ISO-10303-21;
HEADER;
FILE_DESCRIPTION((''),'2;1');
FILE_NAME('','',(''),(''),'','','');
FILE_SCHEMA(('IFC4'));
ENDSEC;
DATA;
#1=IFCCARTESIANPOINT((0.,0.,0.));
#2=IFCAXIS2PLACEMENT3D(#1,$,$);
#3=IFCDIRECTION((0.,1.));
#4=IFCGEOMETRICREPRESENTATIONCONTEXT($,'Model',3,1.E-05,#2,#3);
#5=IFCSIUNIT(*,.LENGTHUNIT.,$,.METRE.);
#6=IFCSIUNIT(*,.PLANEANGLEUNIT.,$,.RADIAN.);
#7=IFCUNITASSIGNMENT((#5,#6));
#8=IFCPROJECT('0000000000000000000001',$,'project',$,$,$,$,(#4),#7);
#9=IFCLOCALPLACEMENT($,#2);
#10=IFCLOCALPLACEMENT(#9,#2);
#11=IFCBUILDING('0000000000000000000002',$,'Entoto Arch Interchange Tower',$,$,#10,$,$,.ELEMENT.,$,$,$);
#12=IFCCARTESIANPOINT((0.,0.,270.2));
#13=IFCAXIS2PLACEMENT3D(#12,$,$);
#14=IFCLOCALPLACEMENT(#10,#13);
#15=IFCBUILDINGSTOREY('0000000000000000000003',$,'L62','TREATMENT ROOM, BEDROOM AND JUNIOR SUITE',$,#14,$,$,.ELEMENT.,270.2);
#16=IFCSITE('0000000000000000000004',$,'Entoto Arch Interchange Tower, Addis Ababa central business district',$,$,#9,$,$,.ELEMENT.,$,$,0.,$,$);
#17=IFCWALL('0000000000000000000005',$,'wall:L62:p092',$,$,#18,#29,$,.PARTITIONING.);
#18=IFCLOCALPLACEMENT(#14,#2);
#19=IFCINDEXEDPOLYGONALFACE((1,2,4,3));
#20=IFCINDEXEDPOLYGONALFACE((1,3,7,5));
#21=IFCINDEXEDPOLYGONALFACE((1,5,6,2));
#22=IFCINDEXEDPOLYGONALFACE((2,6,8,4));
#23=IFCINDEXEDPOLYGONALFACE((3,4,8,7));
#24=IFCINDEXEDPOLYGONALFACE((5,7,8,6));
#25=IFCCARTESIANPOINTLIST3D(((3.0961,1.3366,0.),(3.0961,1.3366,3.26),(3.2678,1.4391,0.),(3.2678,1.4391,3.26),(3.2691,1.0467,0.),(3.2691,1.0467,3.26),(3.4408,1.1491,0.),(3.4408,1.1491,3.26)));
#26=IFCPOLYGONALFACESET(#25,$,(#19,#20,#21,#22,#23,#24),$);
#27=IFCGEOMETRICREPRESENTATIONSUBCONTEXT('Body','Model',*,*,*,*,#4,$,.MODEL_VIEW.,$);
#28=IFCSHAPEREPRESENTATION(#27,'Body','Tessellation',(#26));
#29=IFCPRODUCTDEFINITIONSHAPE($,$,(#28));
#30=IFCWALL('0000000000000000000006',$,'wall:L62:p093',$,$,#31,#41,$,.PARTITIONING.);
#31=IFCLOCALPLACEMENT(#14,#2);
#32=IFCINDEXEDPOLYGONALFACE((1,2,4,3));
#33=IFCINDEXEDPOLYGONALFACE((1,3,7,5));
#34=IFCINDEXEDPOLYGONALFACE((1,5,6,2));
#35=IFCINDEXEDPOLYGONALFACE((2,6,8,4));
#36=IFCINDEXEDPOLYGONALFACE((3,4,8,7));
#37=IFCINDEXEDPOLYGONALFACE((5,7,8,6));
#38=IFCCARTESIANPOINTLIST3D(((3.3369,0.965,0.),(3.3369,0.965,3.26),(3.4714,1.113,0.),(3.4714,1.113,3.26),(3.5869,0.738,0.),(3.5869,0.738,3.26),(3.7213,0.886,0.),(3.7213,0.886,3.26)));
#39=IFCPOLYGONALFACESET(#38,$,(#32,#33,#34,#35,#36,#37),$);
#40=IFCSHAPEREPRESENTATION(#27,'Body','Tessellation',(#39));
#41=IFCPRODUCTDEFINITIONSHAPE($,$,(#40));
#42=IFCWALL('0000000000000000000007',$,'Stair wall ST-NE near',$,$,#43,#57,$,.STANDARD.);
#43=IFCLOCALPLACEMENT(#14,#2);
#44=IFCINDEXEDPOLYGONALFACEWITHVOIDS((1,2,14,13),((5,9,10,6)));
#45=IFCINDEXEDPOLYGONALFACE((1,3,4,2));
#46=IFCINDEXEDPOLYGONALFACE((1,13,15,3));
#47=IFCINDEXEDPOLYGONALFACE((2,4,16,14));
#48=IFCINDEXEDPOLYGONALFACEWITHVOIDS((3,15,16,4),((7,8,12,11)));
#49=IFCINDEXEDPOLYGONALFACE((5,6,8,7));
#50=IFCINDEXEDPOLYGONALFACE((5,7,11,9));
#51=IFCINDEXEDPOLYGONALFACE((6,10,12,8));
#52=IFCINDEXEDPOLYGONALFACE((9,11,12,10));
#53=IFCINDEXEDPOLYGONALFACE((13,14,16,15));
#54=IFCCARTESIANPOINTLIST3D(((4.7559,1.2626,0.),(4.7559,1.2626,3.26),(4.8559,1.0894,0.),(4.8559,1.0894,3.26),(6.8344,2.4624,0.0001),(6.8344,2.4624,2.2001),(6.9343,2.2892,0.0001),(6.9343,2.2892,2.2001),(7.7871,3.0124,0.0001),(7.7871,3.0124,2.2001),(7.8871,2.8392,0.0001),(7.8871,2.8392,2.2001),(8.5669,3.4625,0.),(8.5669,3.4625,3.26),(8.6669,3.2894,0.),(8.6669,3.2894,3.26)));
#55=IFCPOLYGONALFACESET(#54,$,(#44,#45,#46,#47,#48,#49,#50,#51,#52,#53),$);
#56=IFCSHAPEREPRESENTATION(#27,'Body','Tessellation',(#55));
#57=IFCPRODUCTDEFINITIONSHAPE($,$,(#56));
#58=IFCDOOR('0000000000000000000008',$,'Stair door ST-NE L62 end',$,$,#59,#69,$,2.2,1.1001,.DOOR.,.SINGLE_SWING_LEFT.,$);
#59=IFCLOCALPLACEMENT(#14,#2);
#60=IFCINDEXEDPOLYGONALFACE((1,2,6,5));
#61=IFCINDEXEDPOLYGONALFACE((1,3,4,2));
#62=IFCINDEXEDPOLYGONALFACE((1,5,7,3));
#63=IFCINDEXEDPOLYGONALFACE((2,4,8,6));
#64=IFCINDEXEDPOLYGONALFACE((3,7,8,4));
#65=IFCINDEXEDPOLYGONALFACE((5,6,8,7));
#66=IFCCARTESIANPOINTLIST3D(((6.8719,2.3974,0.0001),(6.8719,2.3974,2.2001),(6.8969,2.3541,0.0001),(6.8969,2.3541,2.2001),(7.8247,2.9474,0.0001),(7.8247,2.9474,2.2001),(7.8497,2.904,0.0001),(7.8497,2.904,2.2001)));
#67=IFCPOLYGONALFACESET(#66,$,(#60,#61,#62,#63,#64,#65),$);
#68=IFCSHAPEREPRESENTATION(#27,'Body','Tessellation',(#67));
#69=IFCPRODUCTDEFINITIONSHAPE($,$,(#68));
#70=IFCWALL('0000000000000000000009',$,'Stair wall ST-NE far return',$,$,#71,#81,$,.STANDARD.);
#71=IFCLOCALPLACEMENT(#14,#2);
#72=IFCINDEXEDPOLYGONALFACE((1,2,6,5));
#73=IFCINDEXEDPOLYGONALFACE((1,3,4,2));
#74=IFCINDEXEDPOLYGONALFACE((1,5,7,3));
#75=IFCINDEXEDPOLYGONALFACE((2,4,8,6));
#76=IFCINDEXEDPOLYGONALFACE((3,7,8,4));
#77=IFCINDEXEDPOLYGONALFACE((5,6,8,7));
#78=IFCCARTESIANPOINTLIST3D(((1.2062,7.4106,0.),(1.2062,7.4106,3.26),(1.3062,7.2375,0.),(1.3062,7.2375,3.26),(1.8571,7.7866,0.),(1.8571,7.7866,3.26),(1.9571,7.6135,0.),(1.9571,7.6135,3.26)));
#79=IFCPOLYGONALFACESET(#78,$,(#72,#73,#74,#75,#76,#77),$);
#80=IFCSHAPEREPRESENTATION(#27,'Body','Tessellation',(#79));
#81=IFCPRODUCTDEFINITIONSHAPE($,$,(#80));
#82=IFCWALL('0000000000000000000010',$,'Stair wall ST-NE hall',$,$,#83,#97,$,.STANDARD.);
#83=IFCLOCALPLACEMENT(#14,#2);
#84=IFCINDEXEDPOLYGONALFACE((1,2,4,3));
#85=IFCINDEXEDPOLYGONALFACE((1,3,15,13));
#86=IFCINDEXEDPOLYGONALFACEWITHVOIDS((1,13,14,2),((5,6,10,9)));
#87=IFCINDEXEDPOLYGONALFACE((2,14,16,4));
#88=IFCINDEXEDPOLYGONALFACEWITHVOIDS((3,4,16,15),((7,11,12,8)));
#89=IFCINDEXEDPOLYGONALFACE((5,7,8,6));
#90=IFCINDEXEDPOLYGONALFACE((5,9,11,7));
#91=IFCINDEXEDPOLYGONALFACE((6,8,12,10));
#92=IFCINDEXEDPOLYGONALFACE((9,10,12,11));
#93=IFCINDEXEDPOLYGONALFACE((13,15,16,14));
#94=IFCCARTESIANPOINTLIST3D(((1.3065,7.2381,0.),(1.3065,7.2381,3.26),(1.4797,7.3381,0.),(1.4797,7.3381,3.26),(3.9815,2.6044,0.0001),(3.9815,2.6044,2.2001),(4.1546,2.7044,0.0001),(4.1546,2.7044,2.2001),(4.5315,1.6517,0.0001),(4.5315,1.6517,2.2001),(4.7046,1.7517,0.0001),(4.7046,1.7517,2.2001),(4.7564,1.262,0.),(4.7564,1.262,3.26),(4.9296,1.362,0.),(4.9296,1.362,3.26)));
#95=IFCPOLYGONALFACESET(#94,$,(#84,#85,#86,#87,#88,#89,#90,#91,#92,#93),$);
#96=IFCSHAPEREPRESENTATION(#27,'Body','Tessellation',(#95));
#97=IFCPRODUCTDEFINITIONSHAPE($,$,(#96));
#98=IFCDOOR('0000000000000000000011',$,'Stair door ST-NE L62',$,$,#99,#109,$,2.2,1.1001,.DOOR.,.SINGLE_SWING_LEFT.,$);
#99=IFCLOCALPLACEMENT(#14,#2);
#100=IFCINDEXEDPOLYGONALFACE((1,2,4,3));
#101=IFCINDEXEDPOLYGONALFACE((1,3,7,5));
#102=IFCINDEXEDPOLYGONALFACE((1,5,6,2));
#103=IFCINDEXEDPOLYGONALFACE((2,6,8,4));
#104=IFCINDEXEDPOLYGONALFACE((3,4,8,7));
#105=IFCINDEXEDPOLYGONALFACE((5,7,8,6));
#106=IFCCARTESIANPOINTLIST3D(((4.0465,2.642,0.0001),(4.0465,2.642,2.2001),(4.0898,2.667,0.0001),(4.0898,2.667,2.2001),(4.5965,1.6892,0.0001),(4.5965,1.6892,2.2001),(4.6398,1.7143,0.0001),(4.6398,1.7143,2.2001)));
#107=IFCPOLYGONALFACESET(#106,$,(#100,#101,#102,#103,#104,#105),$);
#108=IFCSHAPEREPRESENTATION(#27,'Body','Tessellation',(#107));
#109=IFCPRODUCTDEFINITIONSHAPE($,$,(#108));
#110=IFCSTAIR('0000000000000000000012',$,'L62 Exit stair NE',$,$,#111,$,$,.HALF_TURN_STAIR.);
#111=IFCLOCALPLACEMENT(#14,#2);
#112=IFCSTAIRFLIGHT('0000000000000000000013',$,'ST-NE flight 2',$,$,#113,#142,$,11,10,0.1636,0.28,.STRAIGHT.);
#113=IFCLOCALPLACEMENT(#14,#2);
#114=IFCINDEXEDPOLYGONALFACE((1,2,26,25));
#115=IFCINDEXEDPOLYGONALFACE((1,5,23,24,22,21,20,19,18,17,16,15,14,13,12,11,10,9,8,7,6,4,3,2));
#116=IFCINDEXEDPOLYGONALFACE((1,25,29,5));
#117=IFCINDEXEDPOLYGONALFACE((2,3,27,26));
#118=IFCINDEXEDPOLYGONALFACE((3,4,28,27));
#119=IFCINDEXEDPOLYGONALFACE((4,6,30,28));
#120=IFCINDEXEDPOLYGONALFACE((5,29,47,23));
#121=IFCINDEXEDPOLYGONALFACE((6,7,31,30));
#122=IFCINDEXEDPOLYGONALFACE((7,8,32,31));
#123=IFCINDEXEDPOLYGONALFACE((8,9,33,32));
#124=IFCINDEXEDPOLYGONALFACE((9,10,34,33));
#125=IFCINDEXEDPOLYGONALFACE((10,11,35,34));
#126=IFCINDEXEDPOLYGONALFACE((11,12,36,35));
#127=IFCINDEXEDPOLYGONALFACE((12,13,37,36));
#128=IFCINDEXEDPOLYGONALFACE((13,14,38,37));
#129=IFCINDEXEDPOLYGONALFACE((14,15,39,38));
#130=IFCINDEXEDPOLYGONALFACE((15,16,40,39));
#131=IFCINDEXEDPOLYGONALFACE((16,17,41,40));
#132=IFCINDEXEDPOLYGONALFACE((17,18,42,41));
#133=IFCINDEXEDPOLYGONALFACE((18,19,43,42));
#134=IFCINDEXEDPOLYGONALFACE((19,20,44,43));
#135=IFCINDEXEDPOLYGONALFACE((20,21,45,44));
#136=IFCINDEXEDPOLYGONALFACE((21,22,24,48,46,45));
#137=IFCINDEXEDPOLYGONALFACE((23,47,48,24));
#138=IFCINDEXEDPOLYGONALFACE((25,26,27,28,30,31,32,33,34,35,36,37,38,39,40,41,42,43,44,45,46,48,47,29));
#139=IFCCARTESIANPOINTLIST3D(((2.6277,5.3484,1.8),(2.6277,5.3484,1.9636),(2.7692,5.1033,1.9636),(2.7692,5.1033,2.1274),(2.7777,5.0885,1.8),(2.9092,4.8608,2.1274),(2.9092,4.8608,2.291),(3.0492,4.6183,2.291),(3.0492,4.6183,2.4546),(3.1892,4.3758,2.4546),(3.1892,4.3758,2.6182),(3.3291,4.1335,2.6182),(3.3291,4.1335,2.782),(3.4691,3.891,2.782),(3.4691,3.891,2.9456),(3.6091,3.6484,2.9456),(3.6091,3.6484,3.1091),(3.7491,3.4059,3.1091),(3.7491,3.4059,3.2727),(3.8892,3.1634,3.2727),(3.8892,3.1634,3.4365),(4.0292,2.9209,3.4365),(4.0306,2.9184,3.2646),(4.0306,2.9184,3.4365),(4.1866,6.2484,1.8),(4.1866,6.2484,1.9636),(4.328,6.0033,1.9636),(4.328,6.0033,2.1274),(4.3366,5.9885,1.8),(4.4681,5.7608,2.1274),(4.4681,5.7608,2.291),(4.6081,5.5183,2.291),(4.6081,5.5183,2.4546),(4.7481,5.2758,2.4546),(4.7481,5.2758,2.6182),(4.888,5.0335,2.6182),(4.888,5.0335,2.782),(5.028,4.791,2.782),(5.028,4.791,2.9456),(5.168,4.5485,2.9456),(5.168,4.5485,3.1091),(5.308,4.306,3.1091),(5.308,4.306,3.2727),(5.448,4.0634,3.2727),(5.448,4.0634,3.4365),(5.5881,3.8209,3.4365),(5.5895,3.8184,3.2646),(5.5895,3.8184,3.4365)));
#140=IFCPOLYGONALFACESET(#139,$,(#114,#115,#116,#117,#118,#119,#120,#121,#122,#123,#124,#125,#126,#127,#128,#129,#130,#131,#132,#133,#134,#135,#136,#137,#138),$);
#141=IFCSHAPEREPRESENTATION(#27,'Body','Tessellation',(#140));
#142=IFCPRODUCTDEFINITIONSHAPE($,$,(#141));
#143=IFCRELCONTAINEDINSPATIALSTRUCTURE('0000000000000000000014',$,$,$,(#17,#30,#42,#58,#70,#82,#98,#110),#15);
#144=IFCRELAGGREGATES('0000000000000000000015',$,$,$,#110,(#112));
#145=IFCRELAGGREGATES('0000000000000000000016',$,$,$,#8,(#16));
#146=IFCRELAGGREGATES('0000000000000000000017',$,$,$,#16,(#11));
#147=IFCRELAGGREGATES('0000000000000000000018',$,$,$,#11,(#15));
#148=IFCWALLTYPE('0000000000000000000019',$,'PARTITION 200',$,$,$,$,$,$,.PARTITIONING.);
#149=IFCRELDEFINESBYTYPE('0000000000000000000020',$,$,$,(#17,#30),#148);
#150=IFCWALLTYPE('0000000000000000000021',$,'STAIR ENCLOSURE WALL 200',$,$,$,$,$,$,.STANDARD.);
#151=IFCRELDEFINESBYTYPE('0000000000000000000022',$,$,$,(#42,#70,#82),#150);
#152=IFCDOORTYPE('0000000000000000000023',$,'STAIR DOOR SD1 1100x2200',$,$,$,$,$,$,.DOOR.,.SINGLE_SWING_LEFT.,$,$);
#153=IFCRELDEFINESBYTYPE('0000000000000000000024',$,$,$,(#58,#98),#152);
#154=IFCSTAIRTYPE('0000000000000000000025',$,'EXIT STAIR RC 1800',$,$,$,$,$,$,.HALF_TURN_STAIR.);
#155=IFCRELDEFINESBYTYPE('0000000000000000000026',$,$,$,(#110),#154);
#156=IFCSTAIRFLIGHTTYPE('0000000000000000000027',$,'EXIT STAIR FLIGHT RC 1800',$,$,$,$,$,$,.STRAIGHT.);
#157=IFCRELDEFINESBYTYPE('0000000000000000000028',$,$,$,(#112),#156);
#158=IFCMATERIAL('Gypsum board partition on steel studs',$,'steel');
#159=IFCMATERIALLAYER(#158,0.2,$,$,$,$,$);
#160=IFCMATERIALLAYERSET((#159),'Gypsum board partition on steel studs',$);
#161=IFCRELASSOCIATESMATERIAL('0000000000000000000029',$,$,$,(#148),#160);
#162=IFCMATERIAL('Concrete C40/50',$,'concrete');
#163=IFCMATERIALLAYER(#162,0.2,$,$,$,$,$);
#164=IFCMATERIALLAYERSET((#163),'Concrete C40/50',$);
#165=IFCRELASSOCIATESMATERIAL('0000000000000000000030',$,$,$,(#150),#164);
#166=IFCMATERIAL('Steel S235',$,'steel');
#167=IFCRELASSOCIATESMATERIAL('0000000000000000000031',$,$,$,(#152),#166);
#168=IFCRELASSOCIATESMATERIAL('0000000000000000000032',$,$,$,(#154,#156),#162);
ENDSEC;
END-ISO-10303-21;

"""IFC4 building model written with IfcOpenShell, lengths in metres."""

from ifc_helpers import new_model, si_unit, direction, frame, frame_2d, origin, place, context, subcontext, project, spatial, polyline, rectangle, outline, extrude, material, layer, layer_set, type_object, element, fill, aggregate, save


model = new_model("IFC4")

# Units and contexts
model_context = context("Model", 3, precision=1e-05, world=origin(), true_north=direction((0.0, 1.0)))
body_context = subcontext(model_context, "Body", "Model", "MODEL_VIEW")
ifc_project = project(units=[si_unit("LENGTHUNIT", "METRE"), si_unit("PLANEANGLEUNIT", "RADIAN")], contexts=[model_context])

# Site, building, storey
site_placement = place(None, origin())
site = spatial("IfcSite", under=ifc_project, at=site_placement, Name="Entoto Arch Interchange Tower, Addis Ababa central business district", CompositionType="ELEMENT", RefElevation=0.0)
building_placement = place(site_placement, origin())
building = spatial("IfcBuilding", under=site, at=building_placement, Name="Entoto Arch Interchange Tower", CompositionType="ELEMENT")
storey_placement = place(building_placement, frame((0.0, 0.0, 270.2)))
storey = spatial("IfcBuildingStorey", under=building, at=storey_placement, Name="L62", Description="TREATMENT ROOM, BEDROOM AND JUNIOR SUITE", CompositionType="ELEMENT", Elevation=270.2)

# Shared definitions
ifc_material_1 = material(Name="Concrete C40/50", Category="concrete")

# Shared definitions
ifc_material_2 = material(Name="Gypsum board partition on steel studs", Category="steel")
ifc_layer_1 = layer(ifc_material_2, 0.2)
ifc_layer_set_1 = layer_set([ifc_layer_1], Name="Gypsum board partition on steel studs")
wall_type_1 = type_object("IfcWallType", Name="PARTITION 200", PredefinedType="PARTITIONING", material=ifc_layer_set_1)

# Walls
for number, where, z_axis, x_axis, name in (
    (1, (3.1819, 1.3879, 0.0), (0.0, 0.0, 1.0), (0.512475, -0.858702, 0.0), "wall:L62:p092"),
    (2, (3.4041, 1.0391, 0.0), (0.0, 0.0, 1.0), (0.740267, -0.672313, 0.0), "wall:L62:p093"),
):
    element("IfcWall", number, at=place(storey_placement, frame(where, z_axis=z_axis, x_axis=x_axis)), inside=storey, type_object=wall_type_1, Name=name, PredefinedType="PARTITIONING", context=body_context, shape_type="SweptSolid", body=[
        extrude(rectangle(XDim=0.3376, YDim=0.2, at=frame_2d((0.1689, 0.0))), origin(), (0.0, 0.0, 1.0), 3.26),
    ])

# Wall, opening, door
ifc_layer_2 = layer(ifc_material_1, 0.2)
ifc_layer_set_2 = layer_set([ifc_layer_2], Name="Concrete C40/50")
wall_type_2 = type_object("IfcWallType", Name="STAIR ENCLOSURE WALL 200", PredefinedType="STANDARD", material=ifc_layer_set_2)
wall_1_placement = place(storey_placement, frame((4.8059, 1.176, 0.0), z_axis=(0.0, 0.0, 1.0), x_axis=(0.86606, 0.49994, 0.0)))
wall_1 = element("IfcWall", 3, at=wall_1_placement, inside=storey, type_object=wall_type_2, Name="Stair wall ST-NE near", PredefinedType="STANDARD", context=body_context, shape_type="SweptSolid", body=[
    extrude(rectangle(XDim=4.4004, YDim=0.2, at=frame_2d((2.2002, 0.0))), origin(), (0.0, 0.0, 1.0), 3.26),
])
opening_1_placement = place(wall_1_placement, frame((2.3999, 0.0, 0.0)))
opening_1 = element("IfcOpeningElement", 4, at=opening_1_placement, cuts=wall_1, PredefinedType="OPENING", context=body_context, shape_type="SweptSolid", body=[
    extrude(rectangle(XDim=1.1001, YDim=2.2, at=frame_2d((0.55, 1.1001))), frame((0.0, 0.1099, 0.0), z_axis=(0.0, -1.0, 0.0), x_axis=(1.0, 0.0, 0.0)), (0.0, 0.0, 1.0), 0.22),
])
ifc_material_3 = material(Name="Steel S235", Category="steel")
door_type_1 = type_object("IfcDoorType", Name="STAIR DOOR SD1 1100x2200", OperationType="SINGLE_SWING_LEFT", PredefinedType="DOOR", material=ifc_material_3)
door_1_placement = place(opening_1_placement, origin())
door_1 = element("IfcDoor", 5, at=door_1_placement, inside=storey, type_object=door_type_1, Name="Stair door ST-NE L62 end", OperationType="SINGLE_SWING_LEFT", OverallHeight=2.2, OverallWidth=1.1001, PredefinedType="DOOR", context=body_context, shape_type="SweptSolid", body=[
    extrude(rectangle(XDim=1.1001, YDim=2.2, at=frame_2d((0.55, 1.1001))), frame((0.0, 0.0249, 0.0), z_axis=(0.0, -1.0, 0.0), x_axis=(1.0, 0.0, 0.0)), (0.0, 0.0, 1.0), 0.05),
])
fill(opening_1, door_1)

# Wall
wall_2_placement = place(storey_placement, frame((1.2561, 7.324, 0.0), z_axis=(0.0, 0.0, 1.0), x_axis=(0.865915, 0.500191, 0.0)))
element("IfcWall", 6, at=wall_2_placement, inside=storey, type_object=wall_type_2, Name="Stair wall ST-NE far return", PredefinedType="STANDARD", context=body_context, shape_type="SweptSolid", body=[
    extrude(rectangle(XDim=0.7517, YDim=0.2, at=frame_2d((0.376, 0.0))), origin(), (0.0, 0.0, 1.0), 3.26),
])

# Wall, opening, door
wall_3_placement = place(storey_placement, frame((4.843, 1.312, 0.0), z_axis=(0.0, 0.0, 1.0), x_axis=(-0.499963, 0.866047, 0.0)))
wall_3 = element("IfcWall", 7, at=wall_3_placement, inside=storey, type_object=wall_type_2, Name="Stair wall ST-NE hall", PredefinedType="STANDARD", context=body_context, shape_type="SweptSolid", body=[
    extrude(rectangle(XDim=6.9004, YDim=0.2, at=frame_2d((3.4502, 0.0))), origin(), (0.0, 0.0, 1.0), 3.26),
])
opening_2_placement = place(wall_3_placement, frame((0.45, 0.0, 0.0)))
opening_2 = element("IfcOpeningElement", 8, at=opening_2_placement, cuts=wall_3, PredefinedType="OPENING", context=body_context, shape_type="SweptSolid", body=[
    extrude(rectangle(XDim=1.1001, YDim=2.2, at=frame_2d((0.55, 1.1001))), frame((0.0, 0.1099, 0.0), z_axis=(0.0, -1.0, 0.0), x_axis=(1.0, 0.0, 0.0)), (0.0, 0.0, 1.0), 0.22),
])
door_2_placement = place(opening_2_placement, origin())
door_2 = element("IfcDoor", 9, at=door_2_placement, inside=storey, type_object=door_type_1, Name="Stair door ST-NE L62", OperationType="SINGLE_SWING_LEFT", OverallHeight=2.2, OverallWidth=1.1001, PredefinedType="DOOR", context=body_context, shape_type="SweptSolid", body=[
    extrude(rectangle(XDim=1.1001, YDim=2.2, at=frame_2d((0.55, 1.1001))), frame((0.0, 0.0249, 0.0), z_axis=(0.0, -1.0, 0.0), x_axis=(1.0, 0.0, 0.0)), (0.0, 0.0, 1.0), 0.05),
])
fill(opening_2, door_2)

# Stair, stair flight
stair_type = type_object("IfcStairType", Name="EXIT STAIR RC 1800", PredefinedType="HALF_TURN_STAIR", material=ifc_material_1)
stair_placement = place(storey_placement, origin())
stair = element("IfcStair", 10, at=stair_placement, inside=storey, type_object=stair_type, Name="L62 Exit stair NE", PredefinedType="HALF_TURN_STAIR")
stair_flight_type = type_object("IfcStairFlightType", Name="EXIT STAIR FLIGHT RC 1800", PredefinedType="STRAIGHT", material=ifc_material_1)
stair_flight_placement = place(storey_placement, frame((3.4087, 5.7959, 1.8), z_axis=(0.0, 0.0, 1.0), x_axis=(0.5, -0.866025, 0.0)))
stair_flight = element("IfcStairFlight", 11, at=stair_flight_placement, type_object=stair_flight_type, Name="ST-NE flight 2", NumberOfRisers=11, NumberOfTreads=10, PredefinedType="STRAIGHT", RiserHeight=0.1636, TreadLength=0.28, context=body_context, shape_type="SweptSolid", body=[
    extrude(outline(polyline([(-0.0029, 0.0), (-0.0029, 0.1636), (0.28, 0.1636), (0.28, 0.3274), (0.5601, 0.3274), (0.5601, 0.491), (0.8401, 0.491), (0.8401, 0.6545), (1.1201, 0.6545), (1.1201, 0.8181), (1.3999, 0.8181), (1.3999, 0.9819), (1.6799, 0.9819), (1.6799, 1.1455), (1.96, 1.1455), (1.96, 1.3091), (2.24, 1.3091), (2.24, 1.4727), (2.52, 1.4727), (2.52, 1.6365), (2.8, 1.6365), (2.803, 1.6365), (2.803, 1.4646), (0.2971, 0.0), (-0.0029, 0.0)])), frame((0.0, 0.8999, 0.0), z_axis=(0.0, -1.0, 0.0), x_axis=(1.0, 0.0, 0.0)), (0.0, 0.0, 1.0), 1.8),
])
aggregate(stair, [stair_flight])

save(model, "model.ifc")
